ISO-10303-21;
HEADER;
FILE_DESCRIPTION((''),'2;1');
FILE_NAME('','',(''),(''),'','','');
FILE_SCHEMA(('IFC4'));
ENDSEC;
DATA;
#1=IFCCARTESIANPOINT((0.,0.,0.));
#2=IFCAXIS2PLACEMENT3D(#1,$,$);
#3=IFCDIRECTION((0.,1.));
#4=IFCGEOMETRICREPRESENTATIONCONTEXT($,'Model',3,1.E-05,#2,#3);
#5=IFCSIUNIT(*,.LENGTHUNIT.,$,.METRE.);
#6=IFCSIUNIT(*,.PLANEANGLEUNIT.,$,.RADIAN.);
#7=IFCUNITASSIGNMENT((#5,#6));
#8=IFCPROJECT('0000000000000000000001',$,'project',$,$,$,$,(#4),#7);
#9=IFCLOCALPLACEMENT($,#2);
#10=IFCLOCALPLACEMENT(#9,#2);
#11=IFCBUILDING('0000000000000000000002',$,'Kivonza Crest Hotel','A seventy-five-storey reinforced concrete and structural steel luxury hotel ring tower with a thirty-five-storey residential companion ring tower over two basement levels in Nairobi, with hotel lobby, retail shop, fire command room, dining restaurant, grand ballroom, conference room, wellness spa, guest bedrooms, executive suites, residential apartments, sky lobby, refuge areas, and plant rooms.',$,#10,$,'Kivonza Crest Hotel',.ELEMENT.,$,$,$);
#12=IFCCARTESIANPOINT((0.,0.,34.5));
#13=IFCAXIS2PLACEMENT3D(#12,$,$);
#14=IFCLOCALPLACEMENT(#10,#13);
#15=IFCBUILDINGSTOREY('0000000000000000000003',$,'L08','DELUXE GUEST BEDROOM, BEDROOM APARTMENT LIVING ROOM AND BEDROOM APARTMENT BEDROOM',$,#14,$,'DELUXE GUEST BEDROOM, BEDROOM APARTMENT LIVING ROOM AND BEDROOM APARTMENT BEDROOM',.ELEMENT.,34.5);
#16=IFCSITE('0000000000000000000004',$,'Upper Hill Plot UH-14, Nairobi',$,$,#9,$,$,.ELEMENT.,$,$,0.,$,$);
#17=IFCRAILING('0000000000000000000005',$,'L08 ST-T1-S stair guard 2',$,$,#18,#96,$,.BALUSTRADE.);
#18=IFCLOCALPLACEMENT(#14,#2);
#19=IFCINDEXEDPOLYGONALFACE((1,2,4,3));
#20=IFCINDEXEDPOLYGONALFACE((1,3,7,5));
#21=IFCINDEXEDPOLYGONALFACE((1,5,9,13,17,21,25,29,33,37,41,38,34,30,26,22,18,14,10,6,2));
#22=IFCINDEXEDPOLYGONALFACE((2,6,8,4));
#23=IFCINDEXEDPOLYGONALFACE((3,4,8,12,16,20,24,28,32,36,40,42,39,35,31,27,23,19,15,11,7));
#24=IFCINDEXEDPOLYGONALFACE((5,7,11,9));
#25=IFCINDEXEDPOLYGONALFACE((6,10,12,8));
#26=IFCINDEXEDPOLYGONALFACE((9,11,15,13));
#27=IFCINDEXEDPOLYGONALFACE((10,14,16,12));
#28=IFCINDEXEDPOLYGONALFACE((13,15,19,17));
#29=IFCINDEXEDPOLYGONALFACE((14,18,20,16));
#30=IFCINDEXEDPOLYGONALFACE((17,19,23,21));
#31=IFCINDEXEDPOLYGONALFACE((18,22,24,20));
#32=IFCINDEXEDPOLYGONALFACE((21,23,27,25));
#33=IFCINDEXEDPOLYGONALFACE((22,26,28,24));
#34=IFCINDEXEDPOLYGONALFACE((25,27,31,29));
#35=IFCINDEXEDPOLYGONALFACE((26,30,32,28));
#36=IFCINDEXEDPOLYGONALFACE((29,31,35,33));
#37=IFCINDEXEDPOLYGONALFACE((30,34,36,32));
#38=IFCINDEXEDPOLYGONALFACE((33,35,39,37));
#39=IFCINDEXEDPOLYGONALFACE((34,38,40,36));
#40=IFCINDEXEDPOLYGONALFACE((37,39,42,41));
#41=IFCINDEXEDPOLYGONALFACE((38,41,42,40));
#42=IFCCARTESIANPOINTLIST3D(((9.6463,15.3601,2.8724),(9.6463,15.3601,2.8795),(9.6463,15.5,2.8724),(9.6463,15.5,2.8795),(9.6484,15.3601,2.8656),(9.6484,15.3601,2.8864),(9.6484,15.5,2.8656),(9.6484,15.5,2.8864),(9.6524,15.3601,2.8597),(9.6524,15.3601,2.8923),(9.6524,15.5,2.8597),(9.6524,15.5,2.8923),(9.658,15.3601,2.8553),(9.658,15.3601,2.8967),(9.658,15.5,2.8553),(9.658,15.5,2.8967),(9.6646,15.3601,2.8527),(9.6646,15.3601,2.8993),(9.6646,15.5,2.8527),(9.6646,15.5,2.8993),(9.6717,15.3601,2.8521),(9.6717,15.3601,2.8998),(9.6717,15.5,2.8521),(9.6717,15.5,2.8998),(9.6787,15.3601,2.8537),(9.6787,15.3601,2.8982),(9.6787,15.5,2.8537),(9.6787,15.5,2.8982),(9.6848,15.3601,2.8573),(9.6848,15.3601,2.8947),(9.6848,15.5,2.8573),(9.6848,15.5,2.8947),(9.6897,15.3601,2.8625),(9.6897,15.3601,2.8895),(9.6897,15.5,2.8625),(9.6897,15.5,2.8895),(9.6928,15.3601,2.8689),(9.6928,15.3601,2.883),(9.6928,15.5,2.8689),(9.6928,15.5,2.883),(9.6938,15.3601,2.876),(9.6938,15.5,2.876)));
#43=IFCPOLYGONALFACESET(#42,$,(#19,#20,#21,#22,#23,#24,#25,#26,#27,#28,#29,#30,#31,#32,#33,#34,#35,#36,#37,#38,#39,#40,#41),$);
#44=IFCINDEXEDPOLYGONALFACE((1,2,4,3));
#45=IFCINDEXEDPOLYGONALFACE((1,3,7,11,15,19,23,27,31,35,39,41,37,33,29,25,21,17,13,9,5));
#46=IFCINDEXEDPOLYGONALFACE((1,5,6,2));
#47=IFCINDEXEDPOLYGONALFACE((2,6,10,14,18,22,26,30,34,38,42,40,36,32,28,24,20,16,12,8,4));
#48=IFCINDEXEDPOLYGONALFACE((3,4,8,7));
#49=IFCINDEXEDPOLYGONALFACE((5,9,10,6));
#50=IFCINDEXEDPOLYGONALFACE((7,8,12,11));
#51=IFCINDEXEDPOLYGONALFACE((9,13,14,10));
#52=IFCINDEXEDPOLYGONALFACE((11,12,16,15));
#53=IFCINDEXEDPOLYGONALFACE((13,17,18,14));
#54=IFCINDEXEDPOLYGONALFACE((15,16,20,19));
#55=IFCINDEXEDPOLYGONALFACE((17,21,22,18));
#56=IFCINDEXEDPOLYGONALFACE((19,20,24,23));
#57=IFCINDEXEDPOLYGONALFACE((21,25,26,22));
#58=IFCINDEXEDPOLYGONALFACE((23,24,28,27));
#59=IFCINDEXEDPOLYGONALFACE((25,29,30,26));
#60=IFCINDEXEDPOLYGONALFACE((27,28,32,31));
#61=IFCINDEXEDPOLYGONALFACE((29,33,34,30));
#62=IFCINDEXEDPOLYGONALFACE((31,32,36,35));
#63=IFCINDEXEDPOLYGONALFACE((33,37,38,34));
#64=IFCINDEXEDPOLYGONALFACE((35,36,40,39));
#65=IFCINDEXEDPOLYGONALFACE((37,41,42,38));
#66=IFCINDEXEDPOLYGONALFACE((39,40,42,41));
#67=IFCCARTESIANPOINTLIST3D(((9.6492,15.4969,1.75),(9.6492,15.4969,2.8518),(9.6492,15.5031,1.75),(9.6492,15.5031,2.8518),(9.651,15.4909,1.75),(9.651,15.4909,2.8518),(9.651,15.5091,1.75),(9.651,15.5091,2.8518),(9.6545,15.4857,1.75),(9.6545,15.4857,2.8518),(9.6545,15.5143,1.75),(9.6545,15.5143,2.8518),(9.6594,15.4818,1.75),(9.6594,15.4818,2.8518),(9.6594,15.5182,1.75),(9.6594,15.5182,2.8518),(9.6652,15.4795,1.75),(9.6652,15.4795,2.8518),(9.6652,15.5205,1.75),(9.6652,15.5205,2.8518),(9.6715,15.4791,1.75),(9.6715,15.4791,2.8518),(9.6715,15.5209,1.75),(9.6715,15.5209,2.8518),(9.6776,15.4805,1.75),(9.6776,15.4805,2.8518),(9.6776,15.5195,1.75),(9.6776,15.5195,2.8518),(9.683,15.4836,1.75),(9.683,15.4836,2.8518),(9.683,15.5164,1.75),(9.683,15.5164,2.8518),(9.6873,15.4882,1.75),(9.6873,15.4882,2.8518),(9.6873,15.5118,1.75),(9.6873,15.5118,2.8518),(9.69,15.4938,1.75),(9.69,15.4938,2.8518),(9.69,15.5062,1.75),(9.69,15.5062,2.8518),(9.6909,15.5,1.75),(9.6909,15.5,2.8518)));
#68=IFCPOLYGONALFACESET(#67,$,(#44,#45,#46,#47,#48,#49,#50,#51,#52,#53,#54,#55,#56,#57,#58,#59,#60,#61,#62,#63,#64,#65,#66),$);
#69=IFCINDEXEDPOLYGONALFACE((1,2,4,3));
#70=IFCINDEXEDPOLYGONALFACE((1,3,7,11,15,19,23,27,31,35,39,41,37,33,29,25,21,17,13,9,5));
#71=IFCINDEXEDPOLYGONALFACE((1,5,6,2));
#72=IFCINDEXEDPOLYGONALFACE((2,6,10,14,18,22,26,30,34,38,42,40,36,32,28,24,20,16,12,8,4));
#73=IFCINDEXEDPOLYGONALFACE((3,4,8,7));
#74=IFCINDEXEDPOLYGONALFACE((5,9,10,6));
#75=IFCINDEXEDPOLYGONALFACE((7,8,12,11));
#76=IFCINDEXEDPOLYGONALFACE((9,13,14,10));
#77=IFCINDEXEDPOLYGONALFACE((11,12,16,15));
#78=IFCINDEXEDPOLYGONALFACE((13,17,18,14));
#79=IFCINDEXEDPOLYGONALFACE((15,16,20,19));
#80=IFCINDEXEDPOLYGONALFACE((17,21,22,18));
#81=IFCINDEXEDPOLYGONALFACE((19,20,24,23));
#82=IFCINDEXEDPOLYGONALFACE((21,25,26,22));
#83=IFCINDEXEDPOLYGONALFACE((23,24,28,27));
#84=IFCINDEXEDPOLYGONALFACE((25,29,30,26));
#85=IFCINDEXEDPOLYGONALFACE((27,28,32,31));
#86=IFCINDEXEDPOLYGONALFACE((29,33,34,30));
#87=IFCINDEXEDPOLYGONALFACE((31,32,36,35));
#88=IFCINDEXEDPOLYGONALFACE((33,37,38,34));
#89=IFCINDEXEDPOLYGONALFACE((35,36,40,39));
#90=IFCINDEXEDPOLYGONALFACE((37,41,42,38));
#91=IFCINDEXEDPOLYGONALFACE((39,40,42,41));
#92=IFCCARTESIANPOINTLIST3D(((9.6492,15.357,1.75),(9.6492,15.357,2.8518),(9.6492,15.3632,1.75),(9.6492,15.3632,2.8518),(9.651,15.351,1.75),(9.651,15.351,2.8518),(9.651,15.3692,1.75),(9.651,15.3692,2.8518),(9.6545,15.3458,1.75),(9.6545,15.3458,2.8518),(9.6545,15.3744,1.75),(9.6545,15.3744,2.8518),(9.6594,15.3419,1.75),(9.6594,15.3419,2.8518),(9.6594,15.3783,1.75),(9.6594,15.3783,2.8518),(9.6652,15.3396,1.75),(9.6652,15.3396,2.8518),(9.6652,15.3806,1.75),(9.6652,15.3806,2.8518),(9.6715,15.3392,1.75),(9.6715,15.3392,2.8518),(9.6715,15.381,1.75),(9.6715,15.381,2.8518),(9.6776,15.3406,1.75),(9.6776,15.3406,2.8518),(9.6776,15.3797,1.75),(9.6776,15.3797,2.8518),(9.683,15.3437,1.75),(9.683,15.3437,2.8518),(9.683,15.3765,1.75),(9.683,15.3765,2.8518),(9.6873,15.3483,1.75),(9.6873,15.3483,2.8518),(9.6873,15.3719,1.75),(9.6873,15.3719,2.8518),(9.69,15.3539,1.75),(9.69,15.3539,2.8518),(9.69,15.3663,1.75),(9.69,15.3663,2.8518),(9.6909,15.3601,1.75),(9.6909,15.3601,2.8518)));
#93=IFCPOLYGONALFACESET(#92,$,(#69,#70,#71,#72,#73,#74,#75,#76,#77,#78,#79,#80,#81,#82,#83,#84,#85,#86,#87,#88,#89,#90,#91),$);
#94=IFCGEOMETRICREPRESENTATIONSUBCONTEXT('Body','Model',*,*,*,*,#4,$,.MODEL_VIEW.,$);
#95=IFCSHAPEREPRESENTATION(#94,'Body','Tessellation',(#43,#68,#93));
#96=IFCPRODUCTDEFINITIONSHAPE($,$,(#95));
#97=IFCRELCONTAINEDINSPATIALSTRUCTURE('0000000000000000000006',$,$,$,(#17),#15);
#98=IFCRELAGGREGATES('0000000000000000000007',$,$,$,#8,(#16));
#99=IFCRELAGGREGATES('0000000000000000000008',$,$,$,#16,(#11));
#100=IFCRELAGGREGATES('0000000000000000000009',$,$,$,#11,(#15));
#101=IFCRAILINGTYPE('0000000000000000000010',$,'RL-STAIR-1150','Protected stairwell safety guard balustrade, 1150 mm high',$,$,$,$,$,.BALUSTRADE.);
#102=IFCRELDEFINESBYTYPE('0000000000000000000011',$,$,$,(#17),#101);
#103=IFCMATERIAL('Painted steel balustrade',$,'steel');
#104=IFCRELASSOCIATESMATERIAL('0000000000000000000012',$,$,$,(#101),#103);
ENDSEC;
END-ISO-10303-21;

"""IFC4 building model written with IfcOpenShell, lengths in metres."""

from ifc_helpers import new_model, si_unit, direction, frame, origin, origin_2d, place, context, subcontext, project, spatial, circle, extrude, material, type_object, element, save


model = new_model("IFC4")

# Units and contexts
model_context = context("Model", 3, precision=1e-05, world=origin(), true_north=direction((0.0, 1.0)))
body_context = subcontext(model_context, "Body", "Model", "MODEL_VIEW")
ifc_project = project(units=[si_unit("LENGTHUNIT", "METRE"), si_unit("PLANEANGLEUNIT", "RADIAN")], contexts=[model_context])

# Site, building, storey
site_placement = place(None, origin())
site = spatial("IfcSite", under=ifc_project, at=site_placement, Name="Upper Hill Plot UH-14, Nairobi", CompositionType="ELEMENT", RefElevation=0.0)
building_placement = place(site_placement, origin())
building = spatial("IfcBuilding", under=site, at=building_placement, Name="Kivonza Crest Hotel", Description="A seventy-five-storey reinforced concrete and structural steel luxury hotel ring tower with a thirty-five-storey residential companion ring tower over two basement levels in Nairobi, with hotel lobby, retail shop, fire command room, dining restaurant, grand ballroom, conference room, wellness spa, guest bedrooms, executive suites, residential apartments, sky lobby, refuge areas, and plant rooms.", LongName="Kivonza Crest Hotel", CompositionType="ELEMENT")
storey_placement = place(building_placement, frame((0.0, 0.0, 34.5)))
storey = spatial("IfcBuildingStorey", under=building, at=storey_placement, Name="L08", Description="DELUXE GUEST BEDROOM, BEDROOM APARTMENT LIVING ROOM AND BEDROOM APARTMENT BEDROOM", LongName="DELUXE GUEST BEDROOM, BEDROOM APARTMENT LIVING ROOM AND BEDROOM APARTMENT BEDROOM", CompositionType="ELEMENT", Elevation=34.5)

# Railing
ifc_material_1 = material(Name="Painted steel balustrade", Category="steel")
railing_type_1 = type_object("IfcRailingType", Name="RL-STAIR-1150", Description="Protected stairwell safety guard balustrade, 1150 mm high", PredefinedType="BALUSTRADE", material=ifc_material_1)
railing_1_placement = place(storey_placement, frame((9.6699, 15.5, 1.75)))
element("IfcRailing", 1, at=railing_1_placement, inside=storey, type_object=railing_type_1, Name="L08 ST-T1-S stair guard 2", PredefinedType="BALUSTRADE", context=body_context, shape_type="SweptSolid", body=[
    extrude(circle(Radius=0.0239, at=origin_2d()), frame((0.0, 0.0, 1.126), z_axis=(0.0, -1.0, 0.0), x_axis=(1.0, 0.0, 0.0)), (0.0, 0.0, 1.0), 0.1399),
    extrude(circle(Radius=0.021, at=origin_2d()), origin(), (0.0, 0.0, 1.0), 1.1018),
    extrude(circle(Radius=0.021, at=origin_2d()), frame((0.0, -0.1399, 0.0)), (0.0, 0.0, 1.0), 1.1018),
])

save(model, "model.ifc")
